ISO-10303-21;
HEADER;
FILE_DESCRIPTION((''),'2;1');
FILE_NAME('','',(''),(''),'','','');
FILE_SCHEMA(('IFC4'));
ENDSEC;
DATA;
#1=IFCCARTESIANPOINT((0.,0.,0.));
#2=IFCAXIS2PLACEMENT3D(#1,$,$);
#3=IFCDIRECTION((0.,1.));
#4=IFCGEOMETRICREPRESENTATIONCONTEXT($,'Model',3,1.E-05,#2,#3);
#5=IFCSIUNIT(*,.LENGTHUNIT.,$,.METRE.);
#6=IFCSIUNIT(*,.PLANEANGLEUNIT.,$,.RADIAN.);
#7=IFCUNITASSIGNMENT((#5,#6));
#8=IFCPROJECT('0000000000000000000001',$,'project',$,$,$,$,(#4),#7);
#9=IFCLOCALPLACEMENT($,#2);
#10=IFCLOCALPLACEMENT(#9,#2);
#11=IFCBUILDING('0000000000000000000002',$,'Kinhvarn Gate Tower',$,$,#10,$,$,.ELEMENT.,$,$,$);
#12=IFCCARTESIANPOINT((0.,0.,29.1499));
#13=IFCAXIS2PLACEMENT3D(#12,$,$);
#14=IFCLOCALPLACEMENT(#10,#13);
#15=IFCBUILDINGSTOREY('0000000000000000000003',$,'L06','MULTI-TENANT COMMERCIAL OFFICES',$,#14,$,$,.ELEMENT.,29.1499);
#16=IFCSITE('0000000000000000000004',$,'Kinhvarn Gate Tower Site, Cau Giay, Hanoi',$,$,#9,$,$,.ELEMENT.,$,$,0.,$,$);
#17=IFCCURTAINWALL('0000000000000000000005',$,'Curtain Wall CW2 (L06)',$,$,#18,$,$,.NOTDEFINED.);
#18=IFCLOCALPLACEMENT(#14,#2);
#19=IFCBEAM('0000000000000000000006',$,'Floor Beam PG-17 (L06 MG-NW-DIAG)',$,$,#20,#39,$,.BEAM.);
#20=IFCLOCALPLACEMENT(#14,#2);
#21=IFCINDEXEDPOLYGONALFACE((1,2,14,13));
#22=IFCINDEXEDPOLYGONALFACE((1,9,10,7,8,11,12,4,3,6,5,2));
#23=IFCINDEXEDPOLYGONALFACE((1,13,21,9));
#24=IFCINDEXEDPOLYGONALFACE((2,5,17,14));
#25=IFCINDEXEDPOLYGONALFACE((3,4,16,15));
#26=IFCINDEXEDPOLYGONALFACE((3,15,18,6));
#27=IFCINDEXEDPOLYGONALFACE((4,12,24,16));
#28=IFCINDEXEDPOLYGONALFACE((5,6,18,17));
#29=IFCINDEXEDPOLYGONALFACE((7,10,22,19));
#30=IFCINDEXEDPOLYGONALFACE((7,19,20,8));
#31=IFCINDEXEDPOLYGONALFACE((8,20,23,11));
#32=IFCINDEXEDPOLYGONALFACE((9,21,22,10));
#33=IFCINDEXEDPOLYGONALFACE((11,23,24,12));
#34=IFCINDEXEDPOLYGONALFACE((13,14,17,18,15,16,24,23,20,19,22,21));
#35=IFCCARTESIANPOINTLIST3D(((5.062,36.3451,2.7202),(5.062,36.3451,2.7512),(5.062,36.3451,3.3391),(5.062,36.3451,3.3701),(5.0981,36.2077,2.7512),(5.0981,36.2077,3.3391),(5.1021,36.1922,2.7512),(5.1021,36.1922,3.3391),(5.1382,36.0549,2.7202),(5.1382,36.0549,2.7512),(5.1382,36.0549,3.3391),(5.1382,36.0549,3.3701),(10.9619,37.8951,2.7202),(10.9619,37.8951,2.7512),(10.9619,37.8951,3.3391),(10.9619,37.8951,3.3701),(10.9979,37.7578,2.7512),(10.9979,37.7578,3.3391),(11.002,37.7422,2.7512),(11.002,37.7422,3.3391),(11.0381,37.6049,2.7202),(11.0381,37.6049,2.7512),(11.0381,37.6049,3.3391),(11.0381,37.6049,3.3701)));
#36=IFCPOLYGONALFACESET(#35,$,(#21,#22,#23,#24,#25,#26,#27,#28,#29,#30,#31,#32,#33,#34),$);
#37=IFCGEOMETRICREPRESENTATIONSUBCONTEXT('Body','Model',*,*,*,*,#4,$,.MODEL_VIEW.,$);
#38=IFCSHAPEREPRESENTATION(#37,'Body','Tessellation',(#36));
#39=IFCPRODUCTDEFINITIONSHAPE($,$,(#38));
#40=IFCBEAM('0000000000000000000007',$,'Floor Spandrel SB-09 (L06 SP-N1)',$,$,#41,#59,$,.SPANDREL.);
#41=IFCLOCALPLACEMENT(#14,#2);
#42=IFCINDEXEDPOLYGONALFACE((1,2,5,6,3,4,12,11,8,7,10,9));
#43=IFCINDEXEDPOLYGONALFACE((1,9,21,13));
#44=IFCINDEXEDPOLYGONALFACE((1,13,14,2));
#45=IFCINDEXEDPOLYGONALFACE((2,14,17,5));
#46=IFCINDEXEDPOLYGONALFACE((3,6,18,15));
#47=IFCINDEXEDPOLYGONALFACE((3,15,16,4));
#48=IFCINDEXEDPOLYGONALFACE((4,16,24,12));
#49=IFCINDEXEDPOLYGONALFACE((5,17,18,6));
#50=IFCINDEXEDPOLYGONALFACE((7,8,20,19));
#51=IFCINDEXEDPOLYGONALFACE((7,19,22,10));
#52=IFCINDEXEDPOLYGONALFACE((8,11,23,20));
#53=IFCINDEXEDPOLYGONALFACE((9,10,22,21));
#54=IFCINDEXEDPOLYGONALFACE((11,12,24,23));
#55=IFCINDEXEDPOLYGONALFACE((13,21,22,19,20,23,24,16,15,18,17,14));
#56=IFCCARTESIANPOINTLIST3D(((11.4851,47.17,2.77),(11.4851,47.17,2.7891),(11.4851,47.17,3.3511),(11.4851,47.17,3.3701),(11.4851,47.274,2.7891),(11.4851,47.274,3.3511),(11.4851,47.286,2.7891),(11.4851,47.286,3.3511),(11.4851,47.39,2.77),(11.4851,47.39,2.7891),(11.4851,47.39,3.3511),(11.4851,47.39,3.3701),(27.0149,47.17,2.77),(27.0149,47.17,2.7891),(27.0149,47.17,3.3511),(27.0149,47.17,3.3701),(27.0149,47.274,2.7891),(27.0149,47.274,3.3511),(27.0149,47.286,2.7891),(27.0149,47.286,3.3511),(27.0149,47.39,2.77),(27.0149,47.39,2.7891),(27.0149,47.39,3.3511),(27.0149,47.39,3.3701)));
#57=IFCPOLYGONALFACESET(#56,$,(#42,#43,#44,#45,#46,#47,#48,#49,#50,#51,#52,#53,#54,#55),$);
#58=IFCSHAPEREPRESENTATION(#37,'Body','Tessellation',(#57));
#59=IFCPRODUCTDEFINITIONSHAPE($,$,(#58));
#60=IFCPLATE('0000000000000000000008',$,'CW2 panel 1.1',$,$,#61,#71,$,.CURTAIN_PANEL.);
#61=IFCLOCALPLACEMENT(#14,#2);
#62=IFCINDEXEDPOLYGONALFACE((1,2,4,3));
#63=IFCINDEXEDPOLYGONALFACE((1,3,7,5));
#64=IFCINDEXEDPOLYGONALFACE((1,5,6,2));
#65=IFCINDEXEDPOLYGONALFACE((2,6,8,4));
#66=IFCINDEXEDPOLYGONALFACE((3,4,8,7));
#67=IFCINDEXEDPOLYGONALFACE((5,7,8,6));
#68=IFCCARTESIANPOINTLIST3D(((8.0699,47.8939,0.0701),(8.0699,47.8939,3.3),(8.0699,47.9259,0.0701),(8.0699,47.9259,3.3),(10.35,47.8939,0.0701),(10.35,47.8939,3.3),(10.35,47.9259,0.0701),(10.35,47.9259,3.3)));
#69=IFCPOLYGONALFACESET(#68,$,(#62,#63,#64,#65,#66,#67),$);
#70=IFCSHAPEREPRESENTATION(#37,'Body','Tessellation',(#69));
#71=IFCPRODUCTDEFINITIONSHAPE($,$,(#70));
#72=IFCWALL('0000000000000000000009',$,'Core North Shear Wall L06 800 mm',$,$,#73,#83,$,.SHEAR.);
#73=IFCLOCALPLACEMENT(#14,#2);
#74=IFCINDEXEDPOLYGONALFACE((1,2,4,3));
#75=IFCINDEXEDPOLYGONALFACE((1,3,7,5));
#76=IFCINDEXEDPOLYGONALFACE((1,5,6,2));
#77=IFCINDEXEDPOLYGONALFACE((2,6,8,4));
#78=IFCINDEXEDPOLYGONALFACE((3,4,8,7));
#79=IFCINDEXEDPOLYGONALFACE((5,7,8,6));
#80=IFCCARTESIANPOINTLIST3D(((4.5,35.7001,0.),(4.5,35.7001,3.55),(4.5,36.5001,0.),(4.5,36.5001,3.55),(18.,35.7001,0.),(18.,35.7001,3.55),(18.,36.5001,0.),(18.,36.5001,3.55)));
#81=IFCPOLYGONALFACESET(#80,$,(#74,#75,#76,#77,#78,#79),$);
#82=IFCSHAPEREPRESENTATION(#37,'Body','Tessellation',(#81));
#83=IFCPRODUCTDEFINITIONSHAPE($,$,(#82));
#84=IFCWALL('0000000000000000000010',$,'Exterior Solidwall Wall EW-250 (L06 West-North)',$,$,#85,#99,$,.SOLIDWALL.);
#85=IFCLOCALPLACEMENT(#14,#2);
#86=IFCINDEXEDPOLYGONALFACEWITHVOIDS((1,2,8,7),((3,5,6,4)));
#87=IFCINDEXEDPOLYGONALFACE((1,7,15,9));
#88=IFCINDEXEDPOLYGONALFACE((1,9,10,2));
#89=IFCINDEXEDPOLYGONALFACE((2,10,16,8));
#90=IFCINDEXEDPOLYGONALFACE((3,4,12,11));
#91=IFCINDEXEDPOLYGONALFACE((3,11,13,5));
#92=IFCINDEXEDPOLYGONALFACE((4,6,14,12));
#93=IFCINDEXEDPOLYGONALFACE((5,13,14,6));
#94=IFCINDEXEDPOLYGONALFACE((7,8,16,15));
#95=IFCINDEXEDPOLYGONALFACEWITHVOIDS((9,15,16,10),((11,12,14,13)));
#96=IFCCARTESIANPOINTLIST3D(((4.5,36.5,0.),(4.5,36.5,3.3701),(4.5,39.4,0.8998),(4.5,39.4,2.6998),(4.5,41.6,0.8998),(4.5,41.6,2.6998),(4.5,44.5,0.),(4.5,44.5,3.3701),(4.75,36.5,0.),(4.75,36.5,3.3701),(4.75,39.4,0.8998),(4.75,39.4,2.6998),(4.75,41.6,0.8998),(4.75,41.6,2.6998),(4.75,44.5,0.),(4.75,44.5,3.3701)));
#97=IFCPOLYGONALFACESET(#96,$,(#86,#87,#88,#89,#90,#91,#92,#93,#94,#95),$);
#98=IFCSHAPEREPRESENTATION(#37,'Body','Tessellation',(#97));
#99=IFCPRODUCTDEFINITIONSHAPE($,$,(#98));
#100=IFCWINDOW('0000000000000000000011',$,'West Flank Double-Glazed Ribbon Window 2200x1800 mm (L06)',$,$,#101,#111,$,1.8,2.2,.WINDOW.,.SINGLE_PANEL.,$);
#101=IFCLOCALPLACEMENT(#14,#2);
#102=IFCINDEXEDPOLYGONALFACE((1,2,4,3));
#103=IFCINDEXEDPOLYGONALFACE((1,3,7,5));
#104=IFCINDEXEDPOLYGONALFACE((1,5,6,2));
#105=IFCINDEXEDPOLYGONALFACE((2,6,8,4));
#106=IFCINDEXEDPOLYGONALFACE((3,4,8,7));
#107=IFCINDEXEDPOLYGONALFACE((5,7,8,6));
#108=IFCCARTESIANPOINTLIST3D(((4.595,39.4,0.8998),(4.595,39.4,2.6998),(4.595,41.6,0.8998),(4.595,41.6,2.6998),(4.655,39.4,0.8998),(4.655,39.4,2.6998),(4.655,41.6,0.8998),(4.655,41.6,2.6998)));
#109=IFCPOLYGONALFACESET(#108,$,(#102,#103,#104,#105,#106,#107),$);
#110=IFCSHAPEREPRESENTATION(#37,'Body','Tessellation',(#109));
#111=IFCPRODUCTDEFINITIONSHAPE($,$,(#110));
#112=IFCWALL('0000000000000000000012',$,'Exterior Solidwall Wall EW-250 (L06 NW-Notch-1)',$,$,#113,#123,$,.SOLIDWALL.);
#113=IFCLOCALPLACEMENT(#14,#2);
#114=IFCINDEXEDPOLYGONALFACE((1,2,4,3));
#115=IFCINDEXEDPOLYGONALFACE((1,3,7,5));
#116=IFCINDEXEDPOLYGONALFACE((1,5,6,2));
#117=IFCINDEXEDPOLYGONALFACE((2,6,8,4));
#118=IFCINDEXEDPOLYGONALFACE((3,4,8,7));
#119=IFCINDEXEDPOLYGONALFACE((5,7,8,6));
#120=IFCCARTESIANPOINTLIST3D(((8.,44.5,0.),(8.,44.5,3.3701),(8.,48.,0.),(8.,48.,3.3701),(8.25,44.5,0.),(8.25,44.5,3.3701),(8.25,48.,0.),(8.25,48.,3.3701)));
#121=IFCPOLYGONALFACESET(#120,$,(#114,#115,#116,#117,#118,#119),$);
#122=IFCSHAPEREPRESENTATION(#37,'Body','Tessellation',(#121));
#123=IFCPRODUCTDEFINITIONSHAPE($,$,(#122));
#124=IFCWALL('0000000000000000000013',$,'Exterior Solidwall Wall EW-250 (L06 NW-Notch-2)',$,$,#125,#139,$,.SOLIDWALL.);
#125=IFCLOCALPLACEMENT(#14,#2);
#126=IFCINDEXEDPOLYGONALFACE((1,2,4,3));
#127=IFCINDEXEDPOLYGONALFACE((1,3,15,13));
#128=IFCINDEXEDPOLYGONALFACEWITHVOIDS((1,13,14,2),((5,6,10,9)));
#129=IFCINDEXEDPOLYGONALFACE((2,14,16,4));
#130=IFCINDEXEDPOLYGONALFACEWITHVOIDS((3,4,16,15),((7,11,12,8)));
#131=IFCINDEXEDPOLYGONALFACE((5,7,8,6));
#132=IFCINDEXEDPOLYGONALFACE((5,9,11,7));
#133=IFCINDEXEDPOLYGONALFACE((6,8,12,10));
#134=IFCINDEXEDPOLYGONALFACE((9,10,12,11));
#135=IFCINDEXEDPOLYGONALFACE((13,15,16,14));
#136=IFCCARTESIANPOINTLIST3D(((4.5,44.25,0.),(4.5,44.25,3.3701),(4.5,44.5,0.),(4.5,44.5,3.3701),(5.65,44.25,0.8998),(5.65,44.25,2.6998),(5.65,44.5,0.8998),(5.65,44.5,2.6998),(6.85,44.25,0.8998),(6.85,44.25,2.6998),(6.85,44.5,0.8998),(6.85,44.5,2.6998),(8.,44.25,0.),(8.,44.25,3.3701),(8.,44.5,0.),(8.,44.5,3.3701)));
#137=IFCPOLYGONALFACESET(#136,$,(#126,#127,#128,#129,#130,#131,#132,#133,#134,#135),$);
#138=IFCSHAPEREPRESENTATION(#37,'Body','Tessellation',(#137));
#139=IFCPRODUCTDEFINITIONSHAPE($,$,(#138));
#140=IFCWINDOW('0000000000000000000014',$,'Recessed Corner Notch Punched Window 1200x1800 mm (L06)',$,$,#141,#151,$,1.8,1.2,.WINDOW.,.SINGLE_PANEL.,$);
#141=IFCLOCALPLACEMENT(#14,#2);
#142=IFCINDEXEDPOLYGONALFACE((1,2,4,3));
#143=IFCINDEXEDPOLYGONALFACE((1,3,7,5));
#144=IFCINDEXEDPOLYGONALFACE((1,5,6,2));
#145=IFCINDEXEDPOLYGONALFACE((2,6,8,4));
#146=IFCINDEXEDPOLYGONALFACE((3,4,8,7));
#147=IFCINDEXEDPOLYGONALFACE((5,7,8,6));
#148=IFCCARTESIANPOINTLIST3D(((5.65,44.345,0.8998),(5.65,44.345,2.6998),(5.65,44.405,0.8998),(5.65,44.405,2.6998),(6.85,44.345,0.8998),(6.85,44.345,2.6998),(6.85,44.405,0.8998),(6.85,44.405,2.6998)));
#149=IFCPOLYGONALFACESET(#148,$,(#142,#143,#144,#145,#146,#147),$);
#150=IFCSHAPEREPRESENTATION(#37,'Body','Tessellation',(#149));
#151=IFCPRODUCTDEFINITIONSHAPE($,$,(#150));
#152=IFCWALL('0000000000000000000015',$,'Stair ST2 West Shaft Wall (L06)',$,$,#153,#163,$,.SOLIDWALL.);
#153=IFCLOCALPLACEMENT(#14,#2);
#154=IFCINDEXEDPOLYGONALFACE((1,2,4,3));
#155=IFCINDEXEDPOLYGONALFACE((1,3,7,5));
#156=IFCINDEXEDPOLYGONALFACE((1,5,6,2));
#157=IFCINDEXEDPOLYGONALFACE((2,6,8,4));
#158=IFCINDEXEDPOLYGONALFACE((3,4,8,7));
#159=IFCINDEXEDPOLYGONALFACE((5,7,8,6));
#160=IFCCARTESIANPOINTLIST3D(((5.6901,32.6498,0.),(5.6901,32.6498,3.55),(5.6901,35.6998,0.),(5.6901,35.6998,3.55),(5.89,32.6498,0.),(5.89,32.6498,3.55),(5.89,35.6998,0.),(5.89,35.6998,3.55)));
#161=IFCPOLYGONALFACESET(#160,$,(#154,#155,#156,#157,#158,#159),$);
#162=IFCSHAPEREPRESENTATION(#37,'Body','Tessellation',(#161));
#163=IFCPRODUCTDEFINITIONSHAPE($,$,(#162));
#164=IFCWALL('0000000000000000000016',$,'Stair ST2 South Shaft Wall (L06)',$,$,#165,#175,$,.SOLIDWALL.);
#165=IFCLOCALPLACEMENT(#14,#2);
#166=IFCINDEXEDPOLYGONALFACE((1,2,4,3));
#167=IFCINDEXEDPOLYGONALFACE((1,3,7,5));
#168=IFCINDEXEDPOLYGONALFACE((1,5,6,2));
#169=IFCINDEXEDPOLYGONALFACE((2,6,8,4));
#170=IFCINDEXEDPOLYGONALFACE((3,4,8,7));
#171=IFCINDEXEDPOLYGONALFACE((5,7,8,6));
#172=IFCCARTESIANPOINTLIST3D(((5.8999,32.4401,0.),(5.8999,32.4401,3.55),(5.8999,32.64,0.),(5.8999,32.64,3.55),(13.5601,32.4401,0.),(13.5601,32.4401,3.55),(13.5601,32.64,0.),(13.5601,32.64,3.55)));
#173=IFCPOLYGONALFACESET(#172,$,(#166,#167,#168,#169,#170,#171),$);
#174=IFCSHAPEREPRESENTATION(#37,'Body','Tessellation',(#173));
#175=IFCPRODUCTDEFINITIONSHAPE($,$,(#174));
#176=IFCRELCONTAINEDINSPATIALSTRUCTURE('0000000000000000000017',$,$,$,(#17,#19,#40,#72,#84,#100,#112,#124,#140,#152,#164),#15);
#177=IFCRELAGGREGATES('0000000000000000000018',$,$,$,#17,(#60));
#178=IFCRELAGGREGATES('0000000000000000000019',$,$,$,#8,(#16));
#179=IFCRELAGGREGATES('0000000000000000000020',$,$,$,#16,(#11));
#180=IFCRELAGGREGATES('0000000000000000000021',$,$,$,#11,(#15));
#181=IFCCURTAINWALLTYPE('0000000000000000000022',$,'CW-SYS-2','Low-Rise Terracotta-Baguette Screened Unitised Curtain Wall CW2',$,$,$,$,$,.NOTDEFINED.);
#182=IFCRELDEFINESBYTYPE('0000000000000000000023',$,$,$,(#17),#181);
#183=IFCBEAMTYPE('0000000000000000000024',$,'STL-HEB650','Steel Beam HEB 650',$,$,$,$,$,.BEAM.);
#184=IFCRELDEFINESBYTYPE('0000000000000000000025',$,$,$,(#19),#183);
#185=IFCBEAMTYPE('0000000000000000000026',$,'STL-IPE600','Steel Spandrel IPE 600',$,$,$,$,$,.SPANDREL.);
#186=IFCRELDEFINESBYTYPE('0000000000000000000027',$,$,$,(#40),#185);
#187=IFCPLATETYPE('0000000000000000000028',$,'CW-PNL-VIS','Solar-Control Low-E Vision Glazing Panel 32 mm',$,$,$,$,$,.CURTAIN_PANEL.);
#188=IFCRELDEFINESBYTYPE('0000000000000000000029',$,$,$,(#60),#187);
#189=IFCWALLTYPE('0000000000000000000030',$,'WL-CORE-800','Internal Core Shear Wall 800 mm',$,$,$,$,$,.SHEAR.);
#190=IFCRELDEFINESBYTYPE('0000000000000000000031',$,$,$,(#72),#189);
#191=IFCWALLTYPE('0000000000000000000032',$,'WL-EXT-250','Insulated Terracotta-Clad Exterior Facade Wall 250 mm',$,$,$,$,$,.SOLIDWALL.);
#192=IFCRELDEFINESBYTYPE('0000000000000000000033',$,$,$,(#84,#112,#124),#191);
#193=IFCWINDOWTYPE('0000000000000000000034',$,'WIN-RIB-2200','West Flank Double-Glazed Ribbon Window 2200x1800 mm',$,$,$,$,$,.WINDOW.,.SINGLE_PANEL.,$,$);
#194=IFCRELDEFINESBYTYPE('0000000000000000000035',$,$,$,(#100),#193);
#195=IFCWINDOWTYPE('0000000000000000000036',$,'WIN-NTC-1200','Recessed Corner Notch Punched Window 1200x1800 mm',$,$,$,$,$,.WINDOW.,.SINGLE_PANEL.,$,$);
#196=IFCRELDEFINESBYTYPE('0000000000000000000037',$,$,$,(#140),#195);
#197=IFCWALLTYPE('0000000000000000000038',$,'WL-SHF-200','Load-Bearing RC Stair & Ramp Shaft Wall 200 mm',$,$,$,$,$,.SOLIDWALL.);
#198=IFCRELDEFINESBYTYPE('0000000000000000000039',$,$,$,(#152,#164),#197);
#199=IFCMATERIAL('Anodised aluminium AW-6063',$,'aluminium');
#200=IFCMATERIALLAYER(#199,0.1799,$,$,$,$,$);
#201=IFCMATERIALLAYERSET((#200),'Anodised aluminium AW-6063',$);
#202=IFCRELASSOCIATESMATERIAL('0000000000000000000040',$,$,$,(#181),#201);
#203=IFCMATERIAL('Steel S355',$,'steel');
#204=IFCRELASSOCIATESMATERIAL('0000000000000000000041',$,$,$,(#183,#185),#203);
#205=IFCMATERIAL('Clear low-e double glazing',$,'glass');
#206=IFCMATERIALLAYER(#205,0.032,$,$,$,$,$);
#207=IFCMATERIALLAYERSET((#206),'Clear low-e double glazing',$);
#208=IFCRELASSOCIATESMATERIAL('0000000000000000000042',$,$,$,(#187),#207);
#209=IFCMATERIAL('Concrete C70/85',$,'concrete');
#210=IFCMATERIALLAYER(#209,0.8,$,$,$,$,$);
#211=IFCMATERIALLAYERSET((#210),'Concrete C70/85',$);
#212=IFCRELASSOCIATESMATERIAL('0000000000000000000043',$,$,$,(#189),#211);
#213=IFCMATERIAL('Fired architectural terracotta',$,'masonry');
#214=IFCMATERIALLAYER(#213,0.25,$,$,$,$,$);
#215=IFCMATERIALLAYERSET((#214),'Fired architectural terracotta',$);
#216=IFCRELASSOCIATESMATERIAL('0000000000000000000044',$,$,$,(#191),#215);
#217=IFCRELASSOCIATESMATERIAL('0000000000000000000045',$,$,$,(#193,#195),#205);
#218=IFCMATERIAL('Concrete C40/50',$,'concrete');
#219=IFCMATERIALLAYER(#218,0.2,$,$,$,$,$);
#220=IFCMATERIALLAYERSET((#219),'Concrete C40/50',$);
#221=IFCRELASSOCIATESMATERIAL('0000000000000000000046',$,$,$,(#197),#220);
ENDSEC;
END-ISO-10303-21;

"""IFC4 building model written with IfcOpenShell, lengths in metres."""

from ifc_helpers import new_model, si_unit, direction, frame, frame_2d, origin, origin_2d, place, context, subcontext, project, spatial, rectangle, i_section, extrude, material, layer, layer_set, material_profile, profile_set, type_object, element, fill, aggregate, save


model = new_model("IFC4")

# Units and contexts
model_context = context("Model", 3, precision=1e-05, world=origin(), true_north=direction((0.0, 1.0)))
body_context = subcontext(model_context, "Body", "Model", "MODEL_VIEW")
ifc_project = project(units=[si_unit("LENGTHUNIT", "METRE"), si_unit("PLANEANGLEUNIT", "RADIAN")], contexts=[model_context])

# Site, building, storey
site_placement = place(None, origin())
site = spatial("IfcSite", under=ifc_project, at=site_placement, Name="Kinhvarn Gate Tower Site, Cau Giay, Hanoi", CompositionType="ELEMENT", RefElevation=0.0)
building_placement = place(site_placement, origin())
building = spatial("IfcBuilding", under=site, at=building_placement, Name="Kinhvarn Gate Tower", CompositionType="ELEMENT")
storey_placement = place(building_placement, frame((0.0, 0.0, 29.1499)))
storey = spatial("IfcBuildingStorey", under=building, at=storey_placement, Name="L06", Description="MULTI-TENANT COMMERCIAL OFFICES", CompositionType="ELEMENT", Elevation=29.1499)

# Shared definitions
ifc_material_1 = material(Name="Concrete C70/85", Category="concrete")

# Shared definitions
ifc_material_2 = material(Name="Anodised aluminium AW-6063", Category="aluminium")
ifc_layer_1 = layer(ifc_material_2, 0.1799)
ifc_layer_set_1 = layer_set([ifc_layer_1], Name="Anodised aluminium AW-6063")
curtain_wall_type = type_object("IfcCurtainWallType", Name="CW-SYS-2", Description="Low-Rise Terracotta-Baguette Screened Unitised Curtain Wall CW2", PredefinedType="NOTDEFINED", material=ifc_layer_set_1)

# Curtain wall
curtain_wall_1_placement = place(storey_placement, origin())
curtain_wall_1 = element("IfcCurtainWall", 1, at=curtain_wall_1_placement, inside=storey, type_object=curtain_wall_type, Name="Curtain Wall CW2 (L06)", PredefinedType="NOTDEFINED")

# Beams
ifc_material_3 = material(Name="Steel S355", Category="steel")
ifc_material_profile_1 = material_profile(ifc_material_3, i_section(OverallWidth=0.3, OverallDepth=0.6499, WebThickness=0.0161, FlangeThickness=0.031, at=origin_2d()), Name="HEB 650")
ifc_profile_set_1 = profile_set([ifc_material_profile_1], Name="Steel S355")
beam_type_1 = type_object("IfcBeamType", Name="STL-HEB650", Description="Steel Beam HEB 650", PredefinedType="BEAM", material=ifc_profile_set_1)
beam_1_placement = place(storey_placement, frame((5.1001, 36.2, 3.0452), z_axis=(0.967178, 0.254101, 0.0), x_axis=(-0.254101, 0.967178, 0.0)))
element("IfcBeam", 2, at=beam_1_placement, inside=storey, type_object=beam_type_1, Name="Floor Beam PG-17 (L06 MG-NW-DIAG)", PredefinedType="BEAM", context=body_context, shape_type="SweptSolid", body=[
    extrude(i_section(OverallWidth=0.3, OverallDepth=0.6499, WebThickness=0.0161, FlangeThickness=0.031, at=origin_2d()), origin(), (0.0, 0.0, 1.0), 6.1001),
])
ifc_material_profile_2 = material_profile(ifc_material_3, i_section(OverallWidth=0.22, OverallDepth=0.6001, WebThickness=0.012, FlangeThickness=0.019, at=origin_2d()), Name="IPE 600")
ifc_profile_set_2 = profile_set([ifc_material_profile_2], Name="Steel S355")
beam_type_2 = type_object("IfcBeamType", Name="STL-IPE600", Description="Steel Spandrel IPE 600", PredefinedType="SPANDREL", material=ifc_profile_set_2)
beam_2_placement = place(storey_placement, frame((11.4851, 47.28, 3.0701), z_axis=(1.0, 0.0, 0.0), x_axis=(0.0, 1.0, 0.0)))
element("IfcBeam", 3, at=beam_2_placement, inside=storey, type_object=beam_type_2, Name="Floor Spandrel SB-09 (L06 SP-N1)", PredefinedType="SPANDREL", context=body_context, shape_type="SweptSolid", body=[
    extrude(i_section(OverallWidth=0.22, OverallDepth=0.6001, WebThickness=0.012, FlangeThickness=0.019, at=origin_2d()), origin(), (0.0, 0.0, 1.0), 15.5298),
])

# Plate
ifc_material_4 = material(Name="Clear low-e double glazing", Category="glass")
ifc_layer_2 = layer(ifc_material_4, 0.032)
ifc_layer_set_2 = layer_set([ifc_layer_2], Name="Clear low-e double glazing")
plate_type = type_object("IfcPlateType", Name="CW-PNL-VIS", Description="Solar-Control Low-E Vision Glazing Panel 32 mm", PredefinedType="CURTAIN_PANEL", material=ifc_layer_set_2)
plate_placement = place(storey_placement, frame((9.21, 47.9099, 0.0701), z_axis=(0.0, 0.0, 1.0), x_axis=(-1.0, 0.0, 0.0)))
plate = element("IfcPlate", 4, at=plate_placement, type_object=plate_type, Name="CW2 panel 1.1", PredefinedType="CURTAIN_PANEL", context=body_context, shape_type="SweptSolid", body=[
    extrude(rectangle(XDim=2.28, YDim=0.032, at=origin_2d()), origin(), (0.0, 0.0, 1.0), 3.23),
])
aggregate(curtain_wall_1, [plate])

# Wall
ifc_layer_3 = layer(ifc_material_1, 0.8)
ifc_layer_set_3 = layer_set([ifc_layer_3], Name="Concrete C70/85")
wall_type_1 = type_object("IfcWallType", Name="WL-CORE-800", Description="Internal Core Shear Wall 800 mm", PredefinedType="SHEAR", material=ifc_layer_set_3)
wall_1_placement = place(storey_placement, frame((4.5, 36.1001, 0.0), z_axis=(0.0, 0.0, 1.0), x_axis=(1.0, 0.0, 0.0)))
element("IfcWall", 5, at=wall_1_placement, inside=storey, type_object=wall_type_1, Name="Core North Shear Wall L06 800 mm", PredefinedType="SHEAR", context=body_context, shape_type="SweptSolid", body=[
    extrude(rectangle(XDim=13.5, YDim=0.8, at=frame_2d((6.75, 0.0))), origin(), (0.0, 0.0, 1.0), 3.55),
])

# Wall, opening, window
ifc_material_5 = material(Name="Fired architectural terracotta", Category="masonry")
ifc_layer_4 = layer(ifc_material_5, 0.25)
ifc_layer_set_4 = layer_set([ifc_layer_4], Name="Fired architectural terracotta")
wall_type_2 = type_object("IfcWallType", Name="WL-EXT-250", Description="Insulated Terracotta-Clad Exterior Facade Wall 250 mm", PredefinedType="SOLIDWALL", material=ifc_layer_set_4)
wall_2_placement = place(storey_placement, frame((4.625, 44.5, 0.0), z_axis=(0.0, 0.0, 1.0), x_axis=(0.0, -1.0, 0.0)))
wall_2 = element("IfcWall", 6, at=wall_2_placement, inside=storey, type_object=wall_type_2, Name="Exterior Solidwall Wall EW-250 (L06 West-North)", PredefinedType="SOLIDWALL", context=body_context, shape_type="SweptSolid", body=[
    extrude(rectangle(XDim=8.0, YDim=0.25, at=frame_2d((4.0, 0.0))), origin(), (0.0, 0.0, 1.0), 3.3701),
])
opening_1_placement = place(wall_2_placement, frame((2.8999, 0.0, 0.8999)))
opening_1 = element("IfcOpeningElement", 7, at=opening_1_placement, cuts=wall_2, PredefinedType="OPENING", context=body_context, shape_type="SweptSolid", body=[
    extrude(rectangle(XDim=2.2, YDim=1.8, at=frame_2d((1.1001, 0.8999))), frame((0.0, 0.135, 0.0), z_axis=(0.0, -1.0, 0.0), x_axis=(1.0, 0.0, 0.0)), (0.0, 0.0, 1.0), 0.27),
])
window_type_1 = type_object("IfcWindowType", Name="WIN-RIB-2200", Description="West Flank Double-Glazed Ribbon Window 2200x1800 mm", PartitioningType="SINGLE_PANEL", PredefinedType="WINDOW", material=ifc_material_4)
window_1_placement = place(opening_1_placement, origin())
window_1 = element("IfcWindow", 8, at=window_1_placement, inside=storey, type_object=window_type_1, Name="West Flank Double-Glazed Ribbon Window 2200x1800 mm (L06)", OverallHeight=1.8, OverallWidth=2.2, PartitioningType="SINGLE_PANEL", PredefinedType="WINDOW", context=body_context, shape_type="SweptSolid", body=[
    extrude(rectangle(XDim=2.2, YDim=1.8, at=frame_2d((1.1001, 0.8999))), frame((0.0, 0.03, 0.0), z_axis=(0.0, -1.0, 0.0), x_axis=(1.0, 0.0, 0.0)), (0.0, 0.0, 1.0), 0.0601),
])
fill(opening_1, window_1)

# Wall
wall_3_placement = place(storey_placement, frame((8.125, 48.0, 0.0), z_axis=(0.0, 0.0, 1.0), x_axis=(0.0, -1.0, 0.0)))
element("IfcWall", 9, at=wall_3_placement, inside=storey, type_object=wall_type_2, Name="Exterior Solidwall Wall EW-250 (L06 NW-Notch-1)", PredefinedType="SOLIDWALL", context=body_context, shape_type="SweptSolid", body=[
    extrude(rectangle(XDim=3.5, YDim=0.25, at=frame_2d((1.75, 0.0))), origin(), (0.0, 0.0, 1.0), 3.3701),
])

# Wall, opening, window
wall_4_placement = place(storey_placement, frame((8.0, 44.375, 0.0), z_axis=(0.0, 0.0, 1.0), x_axis=(-1.0, 0.0, 0.0)))
wall_4 = element("IfcWall", 10, at=wall_4_placement, inside=storey, type_object=wall_type_2, Name="Exterior Solidwall Wall EW-250 (L06 NW-Notch-2)", PredefinedType="SOLIDWALL", context=body_context, shape_type="SweptSolid", body=[
    extrude(rectangle(XDim=3.5, YDim=0.25, at=frame_2d((1.75, 0.0))), origin(), (0.0, 0.0, 1.0), 3.3701),
])
opening_2_placement = place(wall_4_placement, frame((1.1499, 0.0, 0.8999)))
opening_2 = element("IfcOpeningElement", 11, at=opening_2_placement, cuts=wall_4, PredefinedType="OPENING", context=body_context, shape_type="SweptSolid", body=[
    extrude(rectangle(XDim=1.2, YDim=1.8, at=frame_2d((0.6001, 0.8999))), frame((0.0, 0.135, 0.0), z_axis=(0.0, -1.0, 0.0), x_axis=(1.0, 0.0, 0.0)), (0.0, 0.0, 1.0), 0.27),
])
window_type_2 = type_object("IfcWindowType", Name="WIN-NTC-1200", Description="Recessed Corner Notch Punched Window 1200x1800 mm", PartitioningType="SINGLE_PANEL", PredefinedType="WINDOW", material=ifc_material_4)
window_2_placement = place(opening_2_placement, origin())
window_2 = element("IfcWindow", 12, at=window_2_placement, inside=storey, type_object=window_type_2, Name="Recessed Corner Notch Punched Window 1200x1800 mm (L06)", OverallHeight=1.8, OverallWidth=1.2, PartitioningType="SINGLE_PANEL", PredefinedType="WINDOW", context=body_context, shape_type="SweptSolid", body=[
    extrude(rectangle(XDim=1.2, YDim=1.8, at=frame_2d((0.6001, 0.8999))), frame((0.0, 0.03, 0.0), z_axis=(0.0, -1.0, 0.0), x_axis=(1.0, 0.0, 0.0)), (0.0, 0.0, 1.0), 0.0601),
])
fill(opening_2, window_2)

# Walls
ifc_material_6 = material(Name="Concrete C40/50", Category="concrete")
ifc_layer_5 = layer(ifc_material_6, 0.2)
ifc_layer_set_5 = layer_set([ifc_layer_5], Name="Concrete C40/50")
wall_type_3 = type_object("IfcWallType", Name="WL-SHF-200", Description="Load-Bearing RC Stair & Ramp Shaft Wall 200 mm", PredefinedType="SOLIDWALL", material=ifc_layer_set_5)
wall_5_placement = place(storey_placement, frame((5.79, 32.6499, 0.0), z_axis=(0.0, 0.0, 1.0), x_axis=(0.0, 1.0, 0.0)))
element("IfcWall", 13, at=wall_5_placement, inside=storey, type_object=wall_type_3, Name="Stair ST2 West Shaft Wall (L06)", PredefinedType="SOLIDWALL", context=body_context, shape_type="SweptSolid", body=[
    extrude(rectangle(XDim=3.05, YDim=0.2, at=frame_2d((1.5249, 0.0))), origin(), (0.0, 0.0, 1.0), 3.55),
])
wall_6_placement = place(storey_placement, frame((5.8999, 32.54, 0.0), z_axis=(0.0, 0.0, 1.0), x_axis=(1.0, 0.0, 0.0)))
element("IfcWall", 14, at=wall_6_placement, inside=storey, type_object=wall_type_3, Name="Stair ST2 South Shaft Wall (L06)", PredefinedType="SOLIDWALL", context=body_context, shape_type="SweptSolid", body=[
    extrude(rectangle(XDim=7.6602, YDim=0.2, at=frame_2d((3.8301, 0.0))), origin(), (0.0, 0.0, 1.0), 3.55),
])

save(model, "model.ifc")
